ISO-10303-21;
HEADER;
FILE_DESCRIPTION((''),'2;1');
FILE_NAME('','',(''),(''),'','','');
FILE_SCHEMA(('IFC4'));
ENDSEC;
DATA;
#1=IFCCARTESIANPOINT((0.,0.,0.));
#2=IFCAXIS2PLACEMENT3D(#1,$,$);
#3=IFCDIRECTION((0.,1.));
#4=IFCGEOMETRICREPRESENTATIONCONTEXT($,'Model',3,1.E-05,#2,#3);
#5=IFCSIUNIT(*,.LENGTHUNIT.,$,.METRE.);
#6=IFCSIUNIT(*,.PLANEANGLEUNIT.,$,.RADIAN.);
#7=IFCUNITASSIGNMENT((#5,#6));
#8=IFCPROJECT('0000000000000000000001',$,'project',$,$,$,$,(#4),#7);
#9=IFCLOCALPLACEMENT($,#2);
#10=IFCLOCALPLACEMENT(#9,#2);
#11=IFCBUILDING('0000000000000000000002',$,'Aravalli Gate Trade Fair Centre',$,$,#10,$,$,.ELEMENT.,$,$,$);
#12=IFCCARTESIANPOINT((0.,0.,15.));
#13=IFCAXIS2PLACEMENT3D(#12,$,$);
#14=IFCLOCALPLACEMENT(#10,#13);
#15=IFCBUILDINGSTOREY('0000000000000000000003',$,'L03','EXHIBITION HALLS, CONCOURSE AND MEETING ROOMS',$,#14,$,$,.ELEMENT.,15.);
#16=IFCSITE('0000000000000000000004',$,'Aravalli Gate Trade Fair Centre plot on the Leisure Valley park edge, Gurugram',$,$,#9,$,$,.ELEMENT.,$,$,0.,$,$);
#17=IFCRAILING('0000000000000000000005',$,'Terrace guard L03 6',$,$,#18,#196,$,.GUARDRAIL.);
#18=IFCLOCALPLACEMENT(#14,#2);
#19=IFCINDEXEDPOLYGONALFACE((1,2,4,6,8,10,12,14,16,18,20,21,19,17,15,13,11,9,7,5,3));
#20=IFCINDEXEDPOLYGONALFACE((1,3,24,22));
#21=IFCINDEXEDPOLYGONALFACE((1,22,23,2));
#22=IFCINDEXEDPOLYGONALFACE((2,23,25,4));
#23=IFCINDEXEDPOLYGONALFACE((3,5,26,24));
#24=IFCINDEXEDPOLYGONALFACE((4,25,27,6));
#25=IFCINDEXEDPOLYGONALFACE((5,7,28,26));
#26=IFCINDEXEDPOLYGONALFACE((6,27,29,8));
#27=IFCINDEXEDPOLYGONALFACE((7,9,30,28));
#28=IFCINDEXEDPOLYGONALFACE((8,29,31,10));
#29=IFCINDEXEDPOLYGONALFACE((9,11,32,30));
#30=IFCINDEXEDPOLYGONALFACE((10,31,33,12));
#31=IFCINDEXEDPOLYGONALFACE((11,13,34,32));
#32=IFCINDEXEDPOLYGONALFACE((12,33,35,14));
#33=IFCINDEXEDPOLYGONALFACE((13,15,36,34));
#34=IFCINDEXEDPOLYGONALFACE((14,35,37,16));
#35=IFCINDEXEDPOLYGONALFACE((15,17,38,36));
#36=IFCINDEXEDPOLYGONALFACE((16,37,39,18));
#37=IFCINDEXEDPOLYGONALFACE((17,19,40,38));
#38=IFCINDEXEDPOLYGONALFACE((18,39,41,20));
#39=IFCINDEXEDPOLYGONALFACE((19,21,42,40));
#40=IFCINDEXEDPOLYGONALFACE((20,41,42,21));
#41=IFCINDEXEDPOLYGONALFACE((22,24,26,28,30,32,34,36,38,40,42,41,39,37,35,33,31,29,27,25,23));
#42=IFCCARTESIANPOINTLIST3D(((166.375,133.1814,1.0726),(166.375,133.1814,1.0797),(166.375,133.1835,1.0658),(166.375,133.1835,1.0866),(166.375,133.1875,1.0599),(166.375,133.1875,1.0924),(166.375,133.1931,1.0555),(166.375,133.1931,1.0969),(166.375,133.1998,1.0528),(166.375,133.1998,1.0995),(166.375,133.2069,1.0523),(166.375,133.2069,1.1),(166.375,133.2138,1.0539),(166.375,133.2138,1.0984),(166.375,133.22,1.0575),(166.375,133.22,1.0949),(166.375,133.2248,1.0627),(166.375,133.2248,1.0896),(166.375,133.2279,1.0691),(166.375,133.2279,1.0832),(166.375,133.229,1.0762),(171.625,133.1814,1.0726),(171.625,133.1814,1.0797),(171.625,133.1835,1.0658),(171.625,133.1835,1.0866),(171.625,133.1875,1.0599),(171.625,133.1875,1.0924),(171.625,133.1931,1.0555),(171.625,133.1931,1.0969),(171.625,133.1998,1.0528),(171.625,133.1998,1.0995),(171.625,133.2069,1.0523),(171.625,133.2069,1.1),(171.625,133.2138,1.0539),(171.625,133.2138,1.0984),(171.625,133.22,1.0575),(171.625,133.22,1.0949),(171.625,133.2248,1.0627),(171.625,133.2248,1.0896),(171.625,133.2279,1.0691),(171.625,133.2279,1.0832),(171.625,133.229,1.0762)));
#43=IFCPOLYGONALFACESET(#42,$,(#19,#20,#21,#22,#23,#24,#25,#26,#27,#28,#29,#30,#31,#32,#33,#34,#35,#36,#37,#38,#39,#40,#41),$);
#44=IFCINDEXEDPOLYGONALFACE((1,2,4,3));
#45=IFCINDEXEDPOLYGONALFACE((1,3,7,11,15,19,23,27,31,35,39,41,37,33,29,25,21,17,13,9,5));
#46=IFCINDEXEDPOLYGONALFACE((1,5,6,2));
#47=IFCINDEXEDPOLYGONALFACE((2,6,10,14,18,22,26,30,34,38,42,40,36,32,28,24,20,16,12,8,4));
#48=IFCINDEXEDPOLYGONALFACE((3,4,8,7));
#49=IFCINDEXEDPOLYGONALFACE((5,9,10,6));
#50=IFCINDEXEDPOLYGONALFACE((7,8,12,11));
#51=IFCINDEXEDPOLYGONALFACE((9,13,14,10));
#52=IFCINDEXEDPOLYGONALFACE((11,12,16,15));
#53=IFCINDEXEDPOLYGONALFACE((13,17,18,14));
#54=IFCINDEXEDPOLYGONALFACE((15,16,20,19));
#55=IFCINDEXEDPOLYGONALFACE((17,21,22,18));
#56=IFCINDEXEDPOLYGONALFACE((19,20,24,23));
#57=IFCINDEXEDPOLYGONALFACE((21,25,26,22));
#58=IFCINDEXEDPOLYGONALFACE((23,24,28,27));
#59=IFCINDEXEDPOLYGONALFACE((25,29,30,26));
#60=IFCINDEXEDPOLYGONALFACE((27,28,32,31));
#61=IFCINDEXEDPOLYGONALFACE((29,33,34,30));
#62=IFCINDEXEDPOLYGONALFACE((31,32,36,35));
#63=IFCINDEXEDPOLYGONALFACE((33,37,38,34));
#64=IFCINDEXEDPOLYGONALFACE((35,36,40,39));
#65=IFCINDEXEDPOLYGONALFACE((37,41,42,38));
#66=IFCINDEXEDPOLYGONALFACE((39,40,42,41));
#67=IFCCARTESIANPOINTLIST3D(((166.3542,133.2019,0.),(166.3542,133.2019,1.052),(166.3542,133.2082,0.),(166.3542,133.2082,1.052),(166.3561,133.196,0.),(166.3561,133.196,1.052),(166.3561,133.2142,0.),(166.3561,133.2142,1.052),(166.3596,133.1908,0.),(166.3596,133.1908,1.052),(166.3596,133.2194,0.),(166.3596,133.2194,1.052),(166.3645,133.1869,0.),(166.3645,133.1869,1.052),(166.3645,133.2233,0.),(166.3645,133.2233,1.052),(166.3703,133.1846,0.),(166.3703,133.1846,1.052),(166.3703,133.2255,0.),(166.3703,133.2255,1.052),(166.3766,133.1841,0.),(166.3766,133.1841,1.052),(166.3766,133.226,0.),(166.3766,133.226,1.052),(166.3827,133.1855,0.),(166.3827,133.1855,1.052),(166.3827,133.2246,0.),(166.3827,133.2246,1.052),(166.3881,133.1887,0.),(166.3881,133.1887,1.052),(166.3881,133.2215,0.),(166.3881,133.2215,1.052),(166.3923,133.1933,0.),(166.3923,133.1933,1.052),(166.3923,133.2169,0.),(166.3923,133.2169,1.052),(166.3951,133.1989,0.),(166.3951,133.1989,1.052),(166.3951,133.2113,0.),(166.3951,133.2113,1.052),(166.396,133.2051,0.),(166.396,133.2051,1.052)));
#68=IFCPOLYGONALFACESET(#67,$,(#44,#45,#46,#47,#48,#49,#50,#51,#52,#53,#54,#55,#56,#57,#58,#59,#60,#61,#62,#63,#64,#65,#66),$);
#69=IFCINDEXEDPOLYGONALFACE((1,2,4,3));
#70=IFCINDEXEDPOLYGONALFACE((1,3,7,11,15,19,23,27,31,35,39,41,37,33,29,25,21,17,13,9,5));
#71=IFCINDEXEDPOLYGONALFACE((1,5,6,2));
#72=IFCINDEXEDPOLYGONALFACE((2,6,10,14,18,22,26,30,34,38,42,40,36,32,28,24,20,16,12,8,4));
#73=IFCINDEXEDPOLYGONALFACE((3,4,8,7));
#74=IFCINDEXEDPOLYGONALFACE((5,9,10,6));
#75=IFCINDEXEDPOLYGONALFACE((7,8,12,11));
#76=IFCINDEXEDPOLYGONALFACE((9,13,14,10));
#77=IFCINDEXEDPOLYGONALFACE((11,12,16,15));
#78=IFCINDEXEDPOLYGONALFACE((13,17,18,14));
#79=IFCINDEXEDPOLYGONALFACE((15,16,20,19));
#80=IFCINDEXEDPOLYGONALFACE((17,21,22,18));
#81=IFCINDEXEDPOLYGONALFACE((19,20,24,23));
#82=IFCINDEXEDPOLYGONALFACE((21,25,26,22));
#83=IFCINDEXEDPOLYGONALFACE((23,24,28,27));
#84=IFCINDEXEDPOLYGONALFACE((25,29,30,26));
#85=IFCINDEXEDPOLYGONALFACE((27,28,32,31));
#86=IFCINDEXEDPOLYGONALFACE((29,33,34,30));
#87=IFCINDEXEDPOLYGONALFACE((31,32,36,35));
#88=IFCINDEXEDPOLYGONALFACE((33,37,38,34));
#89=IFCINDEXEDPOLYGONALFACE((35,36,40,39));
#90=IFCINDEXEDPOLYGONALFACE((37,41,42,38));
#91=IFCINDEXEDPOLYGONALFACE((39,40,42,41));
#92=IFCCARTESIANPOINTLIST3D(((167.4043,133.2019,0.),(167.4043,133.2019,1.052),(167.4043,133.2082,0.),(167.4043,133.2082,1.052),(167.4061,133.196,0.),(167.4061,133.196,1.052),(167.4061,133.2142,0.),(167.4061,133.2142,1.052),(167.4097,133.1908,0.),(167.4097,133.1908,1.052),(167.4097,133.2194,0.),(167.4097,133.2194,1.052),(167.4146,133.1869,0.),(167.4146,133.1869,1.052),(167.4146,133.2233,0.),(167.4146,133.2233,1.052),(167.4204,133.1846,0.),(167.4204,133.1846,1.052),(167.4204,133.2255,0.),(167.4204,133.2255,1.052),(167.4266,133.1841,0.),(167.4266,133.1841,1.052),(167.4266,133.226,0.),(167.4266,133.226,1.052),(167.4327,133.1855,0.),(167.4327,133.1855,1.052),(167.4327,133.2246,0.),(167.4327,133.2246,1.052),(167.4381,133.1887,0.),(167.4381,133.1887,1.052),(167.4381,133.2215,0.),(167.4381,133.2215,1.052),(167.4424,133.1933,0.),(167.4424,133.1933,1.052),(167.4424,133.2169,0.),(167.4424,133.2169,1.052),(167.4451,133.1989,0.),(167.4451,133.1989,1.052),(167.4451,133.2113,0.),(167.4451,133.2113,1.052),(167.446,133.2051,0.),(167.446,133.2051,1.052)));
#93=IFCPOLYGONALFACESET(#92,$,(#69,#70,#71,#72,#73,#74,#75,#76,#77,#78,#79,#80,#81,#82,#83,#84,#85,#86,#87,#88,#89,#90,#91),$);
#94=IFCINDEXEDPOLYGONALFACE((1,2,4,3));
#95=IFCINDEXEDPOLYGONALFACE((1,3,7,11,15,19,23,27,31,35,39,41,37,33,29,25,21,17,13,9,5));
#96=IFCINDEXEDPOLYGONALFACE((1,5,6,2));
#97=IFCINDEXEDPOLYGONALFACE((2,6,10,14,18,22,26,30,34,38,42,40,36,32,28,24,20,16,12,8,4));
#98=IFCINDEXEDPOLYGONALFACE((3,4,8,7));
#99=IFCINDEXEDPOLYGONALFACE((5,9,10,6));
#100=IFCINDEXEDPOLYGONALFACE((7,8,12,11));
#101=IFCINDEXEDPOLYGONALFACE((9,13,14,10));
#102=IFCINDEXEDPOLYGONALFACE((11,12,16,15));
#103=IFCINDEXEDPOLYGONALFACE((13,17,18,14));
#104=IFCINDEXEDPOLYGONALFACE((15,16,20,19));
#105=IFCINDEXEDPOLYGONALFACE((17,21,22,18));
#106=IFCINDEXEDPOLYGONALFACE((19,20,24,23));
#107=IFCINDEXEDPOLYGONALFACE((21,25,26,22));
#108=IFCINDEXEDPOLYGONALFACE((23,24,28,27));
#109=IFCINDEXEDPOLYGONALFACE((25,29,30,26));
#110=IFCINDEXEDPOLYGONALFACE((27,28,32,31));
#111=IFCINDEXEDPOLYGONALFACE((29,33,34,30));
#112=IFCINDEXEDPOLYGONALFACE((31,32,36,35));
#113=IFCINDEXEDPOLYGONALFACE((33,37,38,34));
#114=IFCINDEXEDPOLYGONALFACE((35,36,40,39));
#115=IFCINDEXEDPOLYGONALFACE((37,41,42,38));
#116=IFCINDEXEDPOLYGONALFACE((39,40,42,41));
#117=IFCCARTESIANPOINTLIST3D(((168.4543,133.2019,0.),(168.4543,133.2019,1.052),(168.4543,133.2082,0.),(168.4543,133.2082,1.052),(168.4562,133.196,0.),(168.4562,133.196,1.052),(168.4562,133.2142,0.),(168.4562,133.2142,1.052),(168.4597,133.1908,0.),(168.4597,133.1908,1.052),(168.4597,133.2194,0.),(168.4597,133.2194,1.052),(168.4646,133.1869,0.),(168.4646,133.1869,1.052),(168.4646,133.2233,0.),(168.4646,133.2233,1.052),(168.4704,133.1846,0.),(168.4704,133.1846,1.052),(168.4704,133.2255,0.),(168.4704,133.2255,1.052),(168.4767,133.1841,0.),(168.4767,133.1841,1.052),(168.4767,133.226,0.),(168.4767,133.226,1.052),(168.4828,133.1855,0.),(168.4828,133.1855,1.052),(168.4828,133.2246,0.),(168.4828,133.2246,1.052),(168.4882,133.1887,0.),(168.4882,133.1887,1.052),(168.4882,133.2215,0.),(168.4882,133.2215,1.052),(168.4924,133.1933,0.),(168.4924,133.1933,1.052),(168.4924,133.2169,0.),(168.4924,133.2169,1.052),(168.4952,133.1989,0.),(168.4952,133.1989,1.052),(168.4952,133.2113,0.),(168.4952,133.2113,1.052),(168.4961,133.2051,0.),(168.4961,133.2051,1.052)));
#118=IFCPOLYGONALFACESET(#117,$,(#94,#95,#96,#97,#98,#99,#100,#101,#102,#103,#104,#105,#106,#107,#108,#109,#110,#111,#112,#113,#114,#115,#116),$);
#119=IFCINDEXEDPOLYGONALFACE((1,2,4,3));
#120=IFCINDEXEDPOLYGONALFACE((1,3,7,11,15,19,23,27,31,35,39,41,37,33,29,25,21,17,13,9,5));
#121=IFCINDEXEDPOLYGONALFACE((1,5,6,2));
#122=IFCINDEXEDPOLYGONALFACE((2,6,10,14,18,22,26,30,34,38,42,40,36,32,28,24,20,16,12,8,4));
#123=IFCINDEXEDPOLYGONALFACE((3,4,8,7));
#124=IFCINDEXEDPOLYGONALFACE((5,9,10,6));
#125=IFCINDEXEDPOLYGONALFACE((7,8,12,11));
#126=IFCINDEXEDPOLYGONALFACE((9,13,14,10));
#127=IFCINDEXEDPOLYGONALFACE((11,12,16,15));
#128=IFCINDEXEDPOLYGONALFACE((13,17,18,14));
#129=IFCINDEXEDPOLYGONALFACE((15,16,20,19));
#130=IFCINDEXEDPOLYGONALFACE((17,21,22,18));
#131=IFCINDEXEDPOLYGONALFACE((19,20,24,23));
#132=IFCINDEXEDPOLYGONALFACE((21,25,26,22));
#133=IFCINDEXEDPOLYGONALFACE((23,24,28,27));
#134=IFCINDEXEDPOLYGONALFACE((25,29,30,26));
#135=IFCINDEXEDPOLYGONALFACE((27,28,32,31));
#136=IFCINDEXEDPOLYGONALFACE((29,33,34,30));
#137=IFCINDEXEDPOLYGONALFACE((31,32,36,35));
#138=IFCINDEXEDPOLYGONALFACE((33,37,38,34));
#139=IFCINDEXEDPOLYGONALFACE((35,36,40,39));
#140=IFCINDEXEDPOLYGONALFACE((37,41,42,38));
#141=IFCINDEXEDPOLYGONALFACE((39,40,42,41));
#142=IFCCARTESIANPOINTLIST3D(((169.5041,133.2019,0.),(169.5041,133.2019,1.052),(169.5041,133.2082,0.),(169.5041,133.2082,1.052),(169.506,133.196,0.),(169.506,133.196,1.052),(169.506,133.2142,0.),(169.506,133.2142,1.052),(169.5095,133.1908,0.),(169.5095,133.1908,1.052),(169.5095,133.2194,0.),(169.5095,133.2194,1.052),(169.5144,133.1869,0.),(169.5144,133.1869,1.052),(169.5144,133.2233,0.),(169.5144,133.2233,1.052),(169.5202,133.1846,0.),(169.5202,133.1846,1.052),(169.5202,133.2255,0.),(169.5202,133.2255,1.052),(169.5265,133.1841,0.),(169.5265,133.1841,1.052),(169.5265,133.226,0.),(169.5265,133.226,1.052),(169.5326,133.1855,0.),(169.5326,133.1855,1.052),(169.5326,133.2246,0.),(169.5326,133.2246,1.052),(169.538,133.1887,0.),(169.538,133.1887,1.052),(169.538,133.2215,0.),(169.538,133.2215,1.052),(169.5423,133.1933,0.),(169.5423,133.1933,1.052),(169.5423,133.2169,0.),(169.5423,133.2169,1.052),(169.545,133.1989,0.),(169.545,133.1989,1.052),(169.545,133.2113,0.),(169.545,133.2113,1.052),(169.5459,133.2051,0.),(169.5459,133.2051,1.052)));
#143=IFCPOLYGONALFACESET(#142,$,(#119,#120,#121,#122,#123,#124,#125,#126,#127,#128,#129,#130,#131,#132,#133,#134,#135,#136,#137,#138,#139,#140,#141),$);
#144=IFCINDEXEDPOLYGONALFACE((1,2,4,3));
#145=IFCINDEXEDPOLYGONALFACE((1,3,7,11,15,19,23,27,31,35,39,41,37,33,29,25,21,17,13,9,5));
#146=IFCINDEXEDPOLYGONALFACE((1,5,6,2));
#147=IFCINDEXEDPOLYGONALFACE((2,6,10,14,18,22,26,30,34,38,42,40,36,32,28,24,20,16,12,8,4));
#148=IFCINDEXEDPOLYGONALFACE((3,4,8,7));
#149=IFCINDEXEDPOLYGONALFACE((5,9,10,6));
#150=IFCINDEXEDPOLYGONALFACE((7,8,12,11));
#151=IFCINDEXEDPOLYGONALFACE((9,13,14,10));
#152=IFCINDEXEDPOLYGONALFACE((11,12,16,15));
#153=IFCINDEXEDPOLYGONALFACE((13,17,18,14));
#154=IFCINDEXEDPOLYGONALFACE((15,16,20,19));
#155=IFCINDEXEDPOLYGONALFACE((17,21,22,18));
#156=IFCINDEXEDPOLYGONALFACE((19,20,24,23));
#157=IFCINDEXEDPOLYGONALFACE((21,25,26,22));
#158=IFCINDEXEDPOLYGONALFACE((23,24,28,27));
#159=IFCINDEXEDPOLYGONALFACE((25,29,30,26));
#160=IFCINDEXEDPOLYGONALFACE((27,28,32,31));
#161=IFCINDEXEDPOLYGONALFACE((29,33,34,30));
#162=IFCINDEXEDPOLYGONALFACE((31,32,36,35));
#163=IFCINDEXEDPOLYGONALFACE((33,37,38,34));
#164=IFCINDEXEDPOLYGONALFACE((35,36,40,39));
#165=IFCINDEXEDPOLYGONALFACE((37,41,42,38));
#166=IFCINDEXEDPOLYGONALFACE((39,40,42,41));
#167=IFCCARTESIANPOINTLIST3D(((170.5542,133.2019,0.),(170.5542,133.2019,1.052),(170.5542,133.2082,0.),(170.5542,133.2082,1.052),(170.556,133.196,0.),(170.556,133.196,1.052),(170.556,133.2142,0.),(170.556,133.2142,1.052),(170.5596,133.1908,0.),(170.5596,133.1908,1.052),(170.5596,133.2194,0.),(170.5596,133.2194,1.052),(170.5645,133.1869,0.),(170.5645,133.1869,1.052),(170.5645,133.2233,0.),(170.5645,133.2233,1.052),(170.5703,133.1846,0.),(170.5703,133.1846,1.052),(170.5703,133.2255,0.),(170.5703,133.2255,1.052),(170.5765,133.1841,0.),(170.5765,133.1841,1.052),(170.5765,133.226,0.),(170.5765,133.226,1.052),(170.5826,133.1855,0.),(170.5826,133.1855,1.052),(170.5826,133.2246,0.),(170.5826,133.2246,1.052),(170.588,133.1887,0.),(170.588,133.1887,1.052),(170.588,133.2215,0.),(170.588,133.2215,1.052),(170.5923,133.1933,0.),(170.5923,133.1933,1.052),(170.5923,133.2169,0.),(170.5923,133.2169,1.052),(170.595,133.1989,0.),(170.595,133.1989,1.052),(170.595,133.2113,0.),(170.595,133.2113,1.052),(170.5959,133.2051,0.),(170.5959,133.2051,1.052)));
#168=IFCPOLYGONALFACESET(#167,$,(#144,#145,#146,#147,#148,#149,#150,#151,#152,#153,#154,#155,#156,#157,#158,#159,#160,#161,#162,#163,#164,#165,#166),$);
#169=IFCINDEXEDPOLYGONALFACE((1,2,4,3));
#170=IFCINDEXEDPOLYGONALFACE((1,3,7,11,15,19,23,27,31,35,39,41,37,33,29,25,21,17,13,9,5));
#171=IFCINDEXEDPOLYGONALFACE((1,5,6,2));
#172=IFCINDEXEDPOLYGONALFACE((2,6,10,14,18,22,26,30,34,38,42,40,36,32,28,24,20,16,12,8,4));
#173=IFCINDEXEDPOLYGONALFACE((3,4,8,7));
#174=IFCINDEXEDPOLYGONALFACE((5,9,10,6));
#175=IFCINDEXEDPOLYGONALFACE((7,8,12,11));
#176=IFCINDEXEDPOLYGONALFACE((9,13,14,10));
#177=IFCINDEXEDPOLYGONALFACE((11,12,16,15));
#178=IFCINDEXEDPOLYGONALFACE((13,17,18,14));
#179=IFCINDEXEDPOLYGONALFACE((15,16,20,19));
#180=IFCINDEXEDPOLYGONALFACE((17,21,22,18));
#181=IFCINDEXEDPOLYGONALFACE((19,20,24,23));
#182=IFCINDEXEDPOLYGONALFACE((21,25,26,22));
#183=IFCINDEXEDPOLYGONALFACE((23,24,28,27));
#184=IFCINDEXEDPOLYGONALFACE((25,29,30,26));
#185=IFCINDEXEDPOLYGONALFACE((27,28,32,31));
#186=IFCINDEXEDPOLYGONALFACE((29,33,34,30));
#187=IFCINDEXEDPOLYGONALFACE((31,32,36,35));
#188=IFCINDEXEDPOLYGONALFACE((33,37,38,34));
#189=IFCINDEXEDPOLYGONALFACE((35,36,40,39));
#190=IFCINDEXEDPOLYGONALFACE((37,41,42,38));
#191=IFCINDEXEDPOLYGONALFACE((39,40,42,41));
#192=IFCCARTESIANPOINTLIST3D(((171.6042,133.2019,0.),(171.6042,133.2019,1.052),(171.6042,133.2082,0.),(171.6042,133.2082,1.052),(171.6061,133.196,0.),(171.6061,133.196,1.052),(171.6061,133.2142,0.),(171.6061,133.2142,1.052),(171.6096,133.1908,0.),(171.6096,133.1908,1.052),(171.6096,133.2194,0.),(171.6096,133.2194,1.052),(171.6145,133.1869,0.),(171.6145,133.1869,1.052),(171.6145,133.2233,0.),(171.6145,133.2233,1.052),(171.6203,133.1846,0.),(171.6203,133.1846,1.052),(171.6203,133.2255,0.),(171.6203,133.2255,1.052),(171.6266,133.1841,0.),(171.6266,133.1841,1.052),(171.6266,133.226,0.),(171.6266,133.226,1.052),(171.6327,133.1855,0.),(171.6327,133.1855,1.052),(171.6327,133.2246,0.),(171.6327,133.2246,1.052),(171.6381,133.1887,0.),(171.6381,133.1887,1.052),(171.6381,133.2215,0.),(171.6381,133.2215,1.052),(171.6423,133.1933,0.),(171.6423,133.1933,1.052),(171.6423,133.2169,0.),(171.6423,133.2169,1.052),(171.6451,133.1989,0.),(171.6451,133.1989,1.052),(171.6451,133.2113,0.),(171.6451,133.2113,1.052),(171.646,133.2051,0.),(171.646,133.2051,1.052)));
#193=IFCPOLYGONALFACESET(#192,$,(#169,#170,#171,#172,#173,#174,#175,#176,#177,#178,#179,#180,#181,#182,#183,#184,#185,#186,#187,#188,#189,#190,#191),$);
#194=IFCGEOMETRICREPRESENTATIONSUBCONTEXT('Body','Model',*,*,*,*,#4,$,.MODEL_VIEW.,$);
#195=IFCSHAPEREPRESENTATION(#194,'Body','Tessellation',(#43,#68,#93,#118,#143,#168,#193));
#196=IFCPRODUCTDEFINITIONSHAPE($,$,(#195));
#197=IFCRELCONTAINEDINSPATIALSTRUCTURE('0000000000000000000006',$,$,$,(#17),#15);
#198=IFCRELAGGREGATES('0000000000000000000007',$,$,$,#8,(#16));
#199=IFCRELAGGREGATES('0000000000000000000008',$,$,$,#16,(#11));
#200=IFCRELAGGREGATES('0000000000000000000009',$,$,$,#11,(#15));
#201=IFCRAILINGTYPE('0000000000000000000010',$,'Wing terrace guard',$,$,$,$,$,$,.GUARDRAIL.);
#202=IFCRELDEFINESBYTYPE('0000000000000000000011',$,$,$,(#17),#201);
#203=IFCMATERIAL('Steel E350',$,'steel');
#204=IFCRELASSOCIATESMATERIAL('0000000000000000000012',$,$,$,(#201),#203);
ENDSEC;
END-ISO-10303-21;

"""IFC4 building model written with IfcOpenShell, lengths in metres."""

from ifc_helpers import new_model, si_unit, direction, frame, origin, origin_2d, place, context, subcontext, project, spatial, circle, extrude, material, type_object, element, save


model = new_model("IFC4")

# Units and contexts
model_context = context("Model", 3, precision=1e-05, world=origin(), true_north=direction((0.0, 1.0)))
body_context = subcontext(model_context, "Body", "Model", "MODEL_VIEW")
ifc_project = project(units=[si_unit("LENGTHUNIT", "METRE"), si_unit("PLANEANGLEUNIT", "RADIAN")], contexts=[model_context])

# Site, building, storey
site_placement = place(None, origin())
site = spatial("IfcSite", under=ifc_project, at=site_placement, Name="Aravalli Gate Trade Fair Centre plot on the Leisure Valley park edge, Gurugram", CompositionType="ELEMENT", RefElevation=0.0)
building_placement = place(site_placement, origin())
building = spatial("IfcBuilding", under=site, at=building_placement, Name="Aravalli Gate Trade Fair Centre", CompositionType="ELEMENT")
storey_placement = place(building_placement, frame((0.0, 0.0, 15.0)))
storey = spatial("IfcBuildingStorey", under=building, at=storey_placement, Name="L03", Description="EXHIBITION HALLS, CONCOURSE AND MEETING ROOMS", CompositionType="ELEMENT", Elevation=15.0)

# Shared definitions
ifc_material_1 = material(Name="Steel E350", Category="steel")

# Railing
railing_type = type_object("IfcRailingType", Name="Wing terrace guard", PredefinedType="GUARDRAIL", material=ifc_material_1)
railing_1_placement = place(storey_placement, frame((166.375, 133.2051, 0.0)))
element("IfcRailing", 1, at=railing_1_placement, inside=storey, type_object=railing_type, Name="Terrace guard L03 6", PredefinedType="GUARDRAIL", context=body_context, shape_type="SweptSolid", body=[
    extrude(circle(Radius=0.0239, at=origin_2d()), frame((0.0, 0.0, 1.0762), z_axis=(1.0, 0.0, 0.0), x_axis=(0.0, 1.0, 0.0)), (0.0, 0.0, 1.0), 5.25),
    extrude(circle(Radius=0.021, at=origin_2d()), origin(), (0.0, 0.0, 1.0), 1.052),
    extrude(circle(Radius=0.021, at=origin_2d()), frame((1.05, 0.0, 0.0)), (0.0, 0.0, 1.0), 1.052),
    extrude(circle(Radius=0.021, at=origin_2d()), frame((2.1001, 0.0, 0.0)), (0.0, 0.0, 1.0), 1.052),
    extrude(circle(Radius=0.021, at=origin_2d()), frame((3.1499, 0.0, 0.0)), (0.0, 0.0, 1.0), 1.052),
    extrude(circle(Radius=0.021, at=origin_2d()), frame((4.2, 0.0, 0.0)), (0.0, 0.0, 1.0), 1.052),
    extrude(circle(Radius=0.021, at=origin_2d()), frame((5.25, 0.0, 0.0)), (0.0, 0.0, 1.0), 1.052),
])

save(model, "model.ifc")
